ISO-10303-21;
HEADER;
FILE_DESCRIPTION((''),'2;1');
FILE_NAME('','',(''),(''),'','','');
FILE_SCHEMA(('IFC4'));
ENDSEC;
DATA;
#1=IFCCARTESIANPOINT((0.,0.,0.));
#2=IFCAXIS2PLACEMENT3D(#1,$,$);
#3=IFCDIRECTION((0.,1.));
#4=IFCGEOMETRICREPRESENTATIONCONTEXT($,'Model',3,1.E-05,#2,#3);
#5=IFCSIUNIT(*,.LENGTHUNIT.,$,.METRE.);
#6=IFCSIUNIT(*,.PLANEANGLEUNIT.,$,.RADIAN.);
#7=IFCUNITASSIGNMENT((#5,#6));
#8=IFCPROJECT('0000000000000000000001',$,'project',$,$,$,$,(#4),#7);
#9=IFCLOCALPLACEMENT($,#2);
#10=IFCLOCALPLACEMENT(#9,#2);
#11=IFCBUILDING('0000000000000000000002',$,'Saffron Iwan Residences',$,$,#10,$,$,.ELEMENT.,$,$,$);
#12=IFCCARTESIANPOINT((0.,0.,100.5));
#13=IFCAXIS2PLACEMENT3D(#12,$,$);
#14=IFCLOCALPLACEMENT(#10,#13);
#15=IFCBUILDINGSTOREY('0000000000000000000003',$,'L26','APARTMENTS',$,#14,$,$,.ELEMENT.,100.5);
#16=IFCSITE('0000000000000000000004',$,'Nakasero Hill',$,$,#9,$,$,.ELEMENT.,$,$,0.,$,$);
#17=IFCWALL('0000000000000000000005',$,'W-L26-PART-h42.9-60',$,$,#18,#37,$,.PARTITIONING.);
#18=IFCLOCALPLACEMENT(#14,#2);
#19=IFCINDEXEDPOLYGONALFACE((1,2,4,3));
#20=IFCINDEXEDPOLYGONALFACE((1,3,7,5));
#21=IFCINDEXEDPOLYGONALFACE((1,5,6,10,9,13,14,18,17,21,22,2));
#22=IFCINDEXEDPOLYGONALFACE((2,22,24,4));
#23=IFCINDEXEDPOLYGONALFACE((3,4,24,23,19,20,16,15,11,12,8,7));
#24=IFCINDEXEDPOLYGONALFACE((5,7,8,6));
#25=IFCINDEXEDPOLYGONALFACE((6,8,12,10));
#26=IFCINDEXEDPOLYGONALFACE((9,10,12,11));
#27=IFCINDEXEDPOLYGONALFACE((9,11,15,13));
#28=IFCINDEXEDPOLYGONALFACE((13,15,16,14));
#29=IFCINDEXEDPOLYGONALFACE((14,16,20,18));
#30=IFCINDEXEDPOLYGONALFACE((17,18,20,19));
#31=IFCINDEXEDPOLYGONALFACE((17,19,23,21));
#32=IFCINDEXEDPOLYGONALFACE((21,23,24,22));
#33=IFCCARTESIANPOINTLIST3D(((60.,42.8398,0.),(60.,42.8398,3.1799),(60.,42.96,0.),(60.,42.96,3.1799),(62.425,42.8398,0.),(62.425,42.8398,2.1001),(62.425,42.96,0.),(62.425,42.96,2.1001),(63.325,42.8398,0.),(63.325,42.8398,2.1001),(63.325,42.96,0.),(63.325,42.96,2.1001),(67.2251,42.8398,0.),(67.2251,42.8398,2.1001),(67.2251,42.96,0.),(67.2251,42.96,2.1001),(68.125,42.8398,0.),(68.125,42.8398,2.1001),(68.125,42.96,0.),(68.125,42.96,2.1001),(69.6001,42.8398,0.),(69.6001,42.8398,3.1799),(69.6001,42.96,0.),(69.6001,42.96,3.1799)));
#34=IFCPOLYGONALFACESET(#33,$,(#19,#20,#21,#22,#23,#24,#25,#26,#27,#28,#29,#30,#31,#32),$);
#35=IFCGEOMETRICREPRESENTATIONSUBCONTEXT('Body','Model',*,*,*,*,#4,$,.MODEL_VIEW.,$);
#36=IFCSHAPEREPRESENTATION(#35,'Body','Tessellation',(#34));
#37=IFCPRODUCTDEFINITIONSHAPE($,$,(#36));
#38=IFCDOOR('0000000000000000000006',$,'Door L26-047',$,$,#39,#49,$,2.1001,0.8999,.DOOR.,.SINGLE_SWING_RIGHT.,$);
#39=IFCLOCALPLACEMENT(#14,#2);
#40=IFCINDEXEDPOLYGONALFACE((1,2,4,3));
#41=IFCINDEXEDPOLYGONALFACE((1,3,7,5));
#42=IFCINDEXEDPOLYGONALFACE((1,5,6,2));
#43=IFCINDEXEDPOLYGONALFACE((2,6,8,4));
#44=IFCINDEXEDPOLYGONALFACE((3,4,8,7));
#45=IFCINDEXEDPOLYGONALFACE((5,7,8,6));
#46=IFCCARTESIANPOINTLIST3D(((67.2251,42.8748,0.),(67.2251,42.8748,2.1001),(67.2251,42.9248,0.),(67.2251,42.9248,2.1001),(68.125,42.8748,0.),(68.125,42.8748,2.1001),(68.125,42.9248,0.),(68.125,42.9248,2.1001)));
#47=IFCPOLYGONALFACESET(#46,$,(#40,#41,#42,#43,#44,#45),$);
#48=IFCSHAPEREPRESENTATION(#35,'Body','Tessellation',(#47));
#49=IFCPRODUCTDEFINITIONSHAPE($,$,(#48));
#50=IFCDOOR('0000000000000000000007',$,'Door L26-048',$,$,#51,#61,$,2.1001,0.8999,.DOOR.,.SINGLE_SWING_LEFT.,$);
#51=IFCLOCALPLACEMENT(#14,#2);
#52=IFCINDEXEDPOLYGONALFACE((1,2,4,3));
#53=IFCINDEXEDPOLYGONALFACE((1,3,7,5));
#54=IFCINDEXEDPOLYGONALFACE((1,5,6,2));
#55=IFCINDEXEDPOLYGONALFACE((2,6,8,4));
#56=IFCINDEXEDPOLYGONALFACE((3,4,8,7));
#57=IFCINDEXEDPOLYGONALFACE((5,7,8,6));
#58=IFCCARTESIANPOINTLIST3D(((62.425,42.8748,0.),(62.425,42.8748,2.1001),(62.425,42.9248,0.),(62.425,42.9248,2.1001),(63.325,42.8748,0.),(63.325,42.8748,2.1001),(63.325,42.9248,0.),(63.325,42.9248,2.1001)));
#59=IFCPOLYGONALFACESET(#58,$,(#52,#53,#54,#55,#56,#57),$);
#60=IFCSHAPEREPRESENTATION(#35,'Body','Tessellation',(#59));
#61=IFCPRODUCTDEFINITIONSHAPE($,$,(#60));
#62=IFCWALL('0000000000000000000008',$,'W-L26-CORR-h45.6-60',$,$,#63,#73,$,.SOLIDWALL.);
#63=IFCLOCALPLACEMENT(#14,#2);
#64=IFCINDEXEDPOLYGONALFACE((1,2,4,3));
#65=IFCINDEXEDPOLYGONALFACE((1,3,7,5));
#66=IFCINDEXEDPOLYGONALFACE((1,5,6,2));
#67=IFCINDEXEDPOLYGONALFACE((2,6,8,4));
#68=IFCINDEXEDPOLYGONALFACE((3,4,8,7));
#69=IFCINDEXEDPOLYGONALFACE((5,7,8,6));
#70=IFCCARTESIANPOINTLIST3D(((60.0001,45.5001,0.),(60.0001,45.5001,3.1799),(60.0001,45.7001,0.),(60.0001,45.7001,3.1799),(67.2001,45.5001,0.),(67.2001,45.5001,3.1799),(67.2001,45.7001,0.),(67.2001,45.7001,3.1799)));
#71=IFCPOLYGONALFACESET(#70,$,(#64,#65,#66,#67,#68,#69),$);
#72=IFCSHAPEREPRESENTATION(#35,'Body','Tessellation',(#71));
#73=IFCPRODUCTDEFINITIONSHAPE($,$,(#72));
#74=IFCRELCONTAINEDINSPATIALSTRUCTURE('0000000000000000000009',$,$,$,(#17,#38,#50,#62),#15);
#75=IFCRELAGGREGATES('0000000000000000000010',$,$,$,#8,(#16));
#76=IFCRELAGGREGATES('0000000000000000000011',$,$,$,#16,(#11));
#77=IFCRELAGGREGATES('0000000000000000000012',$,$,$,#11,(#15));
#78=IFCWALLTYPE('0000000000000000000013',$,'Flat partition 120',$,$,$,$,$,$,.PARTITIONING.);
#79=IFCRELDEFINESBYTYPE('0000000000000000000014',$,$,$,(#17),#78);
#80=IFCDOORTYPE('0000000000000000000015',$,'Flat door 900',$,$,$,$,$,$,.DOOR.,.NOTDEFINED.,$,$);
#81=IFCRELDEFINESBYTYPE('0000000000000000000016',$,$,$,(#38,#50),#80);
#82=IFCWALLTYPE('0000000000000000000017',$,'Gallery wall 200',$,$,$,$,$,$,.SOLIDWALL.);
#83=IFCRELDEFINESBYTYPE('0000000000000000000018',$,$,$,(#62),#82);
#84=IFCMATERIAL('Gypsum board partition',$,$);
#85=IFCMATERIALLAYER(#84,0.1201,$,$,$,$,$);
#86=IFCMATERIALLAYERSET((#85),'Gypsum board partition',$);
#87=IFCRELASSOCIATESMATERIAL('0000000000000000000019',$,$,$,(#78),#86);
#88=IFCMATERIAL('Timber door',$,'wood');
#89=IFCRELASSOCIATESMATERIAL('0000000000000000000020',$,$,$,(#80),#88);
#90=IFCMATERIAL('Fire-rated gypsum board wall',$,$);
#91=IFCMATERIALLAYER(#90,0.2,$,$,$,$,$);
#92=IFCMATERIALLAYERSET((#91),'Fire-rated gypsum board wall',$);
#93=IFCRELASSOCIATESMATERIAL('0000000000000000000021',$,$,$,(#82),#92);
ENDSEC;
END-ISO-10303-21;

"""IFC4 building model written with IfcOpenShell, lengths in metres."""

from ifc_helpers import new_model, si_unit, direction, frame, frame_2d, origin, place, context, subcontext, project, spatial, rectangle, extrude, material, layer, layer_set, type_object, element, fill, save


model = new_model("IFC4")

# Units and contexts
model_context = context("Model", 3, precision=1e-05, world=origin(), true_north=direction((0.0, 1.0)))
body_context = subcontext(model_context, "Body", "Model", "MODEL_VIEW")
ifc_project = project(units=[si_unit("LENGTHUNIT", "METRE"), si_unit("PLANEANGLEUNIT", "RADIAN")], contexts=[model_context])

# Site, building, storey
site_placement = place(None, origin())
site = spatial("IfcSite", under=ifc_project, at=site_placement, Name="Nakasero Hill", CompositionType="ELEMENT", RefElevation=0.0)
building_placement = place(site_placement, origin())
building = spatial("IfcBuilding", under=site, at=building_placement, Name="Saffron Iwan Residences", CompositionType="ELEMENT")
storey_placement = place(building_placement, frame((0.0, 0.0, 100.5)))
storey = spatial("IfcBuildingStorey", under=building, at=storey_placement, Name="L26", Description="APARTMENTS", CompositionType="ELEMENT", Elevation=100.5)

# Shared definitions
ifc_material_1 = material(Name="Gypsum board partition")
ifc_layer_1 = layer(ifc_material_1, 0.1201)
ifc_layer_set_1 = layer_set([ifc_layer_1], Name="Gypsum board partition")
wall_type_1 = type_object("IfcWallType", Name="Flat partition 120", PredefinedType="PARTITIONING", material=ifc_layer_set_1)

# Shared definitions
ifc_material_2 = material(Name="Timber door", Category="wood")
door_type = type_object("IfcDoorType", Name="Flat door 900", OperationType="NOTDEFINED", PredefinedType="DOOR", material=ifc_material_2)

# Wall, openings, doors
wall_1_placement = place(storey_placement, frame((60.0, 42.8999, 0.0), z_axis=(0.0, 0.0, 1.0), x_axis=(1.0, 0.0, 0.0)))
wall_1 = element("IfcWall", 1, at=wall_1_placement, inside=storey, type_object=wall_type_1, Name="W-L26-PART-h42.9-60", PredefinedType="PARTITIONING", context=body_context, shape_type="SweptSolid", body=[
    extrude(rectangle(XDim=9.6001, YDim=0.1201, at=frame_2d((4.8, 0.0))), origin(), (0.0, 0.0, 1.0), 3.1799),
])
opening_1_placement = place(wall_1_placement, frame((7.2251, 0.0, 0.0)))
opening_1 = element("IfcOpeningElement", 2, at=opening_1_placement, cuts=wall_1, PredefinedType="OPENING", context=body_context, shape_type="SweptSolid", body=[
    extrude(rectangle(XDim=0.8999, YDim=2.1001, at=frame_2d((0.45, 1.05))), frame((0.0, 0.0701, 0.0), z_axis=(0.0, -1.0, 0.0), x_axis=(1.0, 0.0, 0.0)), (0.0, 0.0, 1.0), 0.1401),
])
opening_2_placement = place(wall_1_placement, frame((2.425, 0.0, 0.0)))
opening_2 = element("IfcOpeningElement", 3, at=opening_2_placement, cuts=wall_1, PredefinedType="OPENING", context=body_context, shape_type="SweptSolid", body=[
    extrude(rectangle(XDim=0.8999, YDim=2.1001, at=frame_2d((0.45, 1.05))), frame((0.0, 0.0701, 0.0), z_axis=(0.0, -1.0, 0.0), x_axis=(1.0, 0.0, 0.0)), (0.0, 0.0, 1.0), 0.1401),
])
door_1_placement = place(opening_1_placement, origin())
door_1 = element("IfcDoor", 4, at=door_1_placement, inside=storey, type_object=door_type, Name="Door L26-047", OperationType="SINGLE_SWING_RIGHT", OverallHeight=2.1001, OverallWidth=0.8999, PredefinedType="DOOR", context=body_context, shape_type="SweptSolid", body=[
    extrude(rectangle(XDim=0.8999, YDim=2.1001, at=frame_2d((0.45, 1.05))), frame((0.0, 0.0249, 0.0), z_axis=(0.0, -1.0, 0.0), x_axis=(1.0, 0.0, 0.0)), (0.0, 0.0, 1.0), 0.05),
])
fill(opening_1, door_1)
door_2_placement = place(opening_2_placement, origin())
door_2 = element("IfcDoor", 5, at=door_2_placement, inside=storey, type_object=door_type, Name="Door L26-048", OperationType="SINGLE_SWING_LEFT", OverallHeight=2.1001, OverallWidth=0.8999, PredefinedType="DOOR", context=body_context, shape_type="SweptSolid", body=[
    extrude(rectangle(XDim=0.8999, YDim=2.1001, at=frame_2d((0.45, 1.05))), frame((0.0, 0.0249, 0.0), z_axis=(0.0, -1.0, 0.0), x_axis=(1.0, 0.0, 0.0)), (0.0, 0.0, 1.0), 0.05),
])
fill(opening_2, door_2)

# Wall
ifc_material_3 = material(Name="Fire-rated gypsum board wall")
ifc_layer_2 = layer(ifc_material_3, 0.2)
ifc_layer_set_2 = layer_set([ifc_layer_2], Name="Fire-rated gypsum board wall")
wall_type_2 = type_object("IfcWallType", Name="Gallery wall 200", PredefinedType="SOLIDWALL", material=ifc_layer_set_2)
wall_2_placement = place(storey_placement, frame((60.0, 45.6001, 0.0), z_axis=(0.0, 0.0, 1.0), x_axis=(1.0, 0.0, 0.0)))
element("IfcWall", 6, at=wall_2_placement, inside=storey, type_object=wall_type_2, Name="W-L26-CORR-h45.6-60", PredefinedType="SOLIDWALL", context=body_context, shape_type="SweptSolid", body=[
    extrude(rectangle(XDim=7.2, YDim=0.2, at=frame_2d((3.6001, 0.0))), origin(), (0.0, 0.0, 1.0), 3.1799),
])

save(model, "model.ifc")
